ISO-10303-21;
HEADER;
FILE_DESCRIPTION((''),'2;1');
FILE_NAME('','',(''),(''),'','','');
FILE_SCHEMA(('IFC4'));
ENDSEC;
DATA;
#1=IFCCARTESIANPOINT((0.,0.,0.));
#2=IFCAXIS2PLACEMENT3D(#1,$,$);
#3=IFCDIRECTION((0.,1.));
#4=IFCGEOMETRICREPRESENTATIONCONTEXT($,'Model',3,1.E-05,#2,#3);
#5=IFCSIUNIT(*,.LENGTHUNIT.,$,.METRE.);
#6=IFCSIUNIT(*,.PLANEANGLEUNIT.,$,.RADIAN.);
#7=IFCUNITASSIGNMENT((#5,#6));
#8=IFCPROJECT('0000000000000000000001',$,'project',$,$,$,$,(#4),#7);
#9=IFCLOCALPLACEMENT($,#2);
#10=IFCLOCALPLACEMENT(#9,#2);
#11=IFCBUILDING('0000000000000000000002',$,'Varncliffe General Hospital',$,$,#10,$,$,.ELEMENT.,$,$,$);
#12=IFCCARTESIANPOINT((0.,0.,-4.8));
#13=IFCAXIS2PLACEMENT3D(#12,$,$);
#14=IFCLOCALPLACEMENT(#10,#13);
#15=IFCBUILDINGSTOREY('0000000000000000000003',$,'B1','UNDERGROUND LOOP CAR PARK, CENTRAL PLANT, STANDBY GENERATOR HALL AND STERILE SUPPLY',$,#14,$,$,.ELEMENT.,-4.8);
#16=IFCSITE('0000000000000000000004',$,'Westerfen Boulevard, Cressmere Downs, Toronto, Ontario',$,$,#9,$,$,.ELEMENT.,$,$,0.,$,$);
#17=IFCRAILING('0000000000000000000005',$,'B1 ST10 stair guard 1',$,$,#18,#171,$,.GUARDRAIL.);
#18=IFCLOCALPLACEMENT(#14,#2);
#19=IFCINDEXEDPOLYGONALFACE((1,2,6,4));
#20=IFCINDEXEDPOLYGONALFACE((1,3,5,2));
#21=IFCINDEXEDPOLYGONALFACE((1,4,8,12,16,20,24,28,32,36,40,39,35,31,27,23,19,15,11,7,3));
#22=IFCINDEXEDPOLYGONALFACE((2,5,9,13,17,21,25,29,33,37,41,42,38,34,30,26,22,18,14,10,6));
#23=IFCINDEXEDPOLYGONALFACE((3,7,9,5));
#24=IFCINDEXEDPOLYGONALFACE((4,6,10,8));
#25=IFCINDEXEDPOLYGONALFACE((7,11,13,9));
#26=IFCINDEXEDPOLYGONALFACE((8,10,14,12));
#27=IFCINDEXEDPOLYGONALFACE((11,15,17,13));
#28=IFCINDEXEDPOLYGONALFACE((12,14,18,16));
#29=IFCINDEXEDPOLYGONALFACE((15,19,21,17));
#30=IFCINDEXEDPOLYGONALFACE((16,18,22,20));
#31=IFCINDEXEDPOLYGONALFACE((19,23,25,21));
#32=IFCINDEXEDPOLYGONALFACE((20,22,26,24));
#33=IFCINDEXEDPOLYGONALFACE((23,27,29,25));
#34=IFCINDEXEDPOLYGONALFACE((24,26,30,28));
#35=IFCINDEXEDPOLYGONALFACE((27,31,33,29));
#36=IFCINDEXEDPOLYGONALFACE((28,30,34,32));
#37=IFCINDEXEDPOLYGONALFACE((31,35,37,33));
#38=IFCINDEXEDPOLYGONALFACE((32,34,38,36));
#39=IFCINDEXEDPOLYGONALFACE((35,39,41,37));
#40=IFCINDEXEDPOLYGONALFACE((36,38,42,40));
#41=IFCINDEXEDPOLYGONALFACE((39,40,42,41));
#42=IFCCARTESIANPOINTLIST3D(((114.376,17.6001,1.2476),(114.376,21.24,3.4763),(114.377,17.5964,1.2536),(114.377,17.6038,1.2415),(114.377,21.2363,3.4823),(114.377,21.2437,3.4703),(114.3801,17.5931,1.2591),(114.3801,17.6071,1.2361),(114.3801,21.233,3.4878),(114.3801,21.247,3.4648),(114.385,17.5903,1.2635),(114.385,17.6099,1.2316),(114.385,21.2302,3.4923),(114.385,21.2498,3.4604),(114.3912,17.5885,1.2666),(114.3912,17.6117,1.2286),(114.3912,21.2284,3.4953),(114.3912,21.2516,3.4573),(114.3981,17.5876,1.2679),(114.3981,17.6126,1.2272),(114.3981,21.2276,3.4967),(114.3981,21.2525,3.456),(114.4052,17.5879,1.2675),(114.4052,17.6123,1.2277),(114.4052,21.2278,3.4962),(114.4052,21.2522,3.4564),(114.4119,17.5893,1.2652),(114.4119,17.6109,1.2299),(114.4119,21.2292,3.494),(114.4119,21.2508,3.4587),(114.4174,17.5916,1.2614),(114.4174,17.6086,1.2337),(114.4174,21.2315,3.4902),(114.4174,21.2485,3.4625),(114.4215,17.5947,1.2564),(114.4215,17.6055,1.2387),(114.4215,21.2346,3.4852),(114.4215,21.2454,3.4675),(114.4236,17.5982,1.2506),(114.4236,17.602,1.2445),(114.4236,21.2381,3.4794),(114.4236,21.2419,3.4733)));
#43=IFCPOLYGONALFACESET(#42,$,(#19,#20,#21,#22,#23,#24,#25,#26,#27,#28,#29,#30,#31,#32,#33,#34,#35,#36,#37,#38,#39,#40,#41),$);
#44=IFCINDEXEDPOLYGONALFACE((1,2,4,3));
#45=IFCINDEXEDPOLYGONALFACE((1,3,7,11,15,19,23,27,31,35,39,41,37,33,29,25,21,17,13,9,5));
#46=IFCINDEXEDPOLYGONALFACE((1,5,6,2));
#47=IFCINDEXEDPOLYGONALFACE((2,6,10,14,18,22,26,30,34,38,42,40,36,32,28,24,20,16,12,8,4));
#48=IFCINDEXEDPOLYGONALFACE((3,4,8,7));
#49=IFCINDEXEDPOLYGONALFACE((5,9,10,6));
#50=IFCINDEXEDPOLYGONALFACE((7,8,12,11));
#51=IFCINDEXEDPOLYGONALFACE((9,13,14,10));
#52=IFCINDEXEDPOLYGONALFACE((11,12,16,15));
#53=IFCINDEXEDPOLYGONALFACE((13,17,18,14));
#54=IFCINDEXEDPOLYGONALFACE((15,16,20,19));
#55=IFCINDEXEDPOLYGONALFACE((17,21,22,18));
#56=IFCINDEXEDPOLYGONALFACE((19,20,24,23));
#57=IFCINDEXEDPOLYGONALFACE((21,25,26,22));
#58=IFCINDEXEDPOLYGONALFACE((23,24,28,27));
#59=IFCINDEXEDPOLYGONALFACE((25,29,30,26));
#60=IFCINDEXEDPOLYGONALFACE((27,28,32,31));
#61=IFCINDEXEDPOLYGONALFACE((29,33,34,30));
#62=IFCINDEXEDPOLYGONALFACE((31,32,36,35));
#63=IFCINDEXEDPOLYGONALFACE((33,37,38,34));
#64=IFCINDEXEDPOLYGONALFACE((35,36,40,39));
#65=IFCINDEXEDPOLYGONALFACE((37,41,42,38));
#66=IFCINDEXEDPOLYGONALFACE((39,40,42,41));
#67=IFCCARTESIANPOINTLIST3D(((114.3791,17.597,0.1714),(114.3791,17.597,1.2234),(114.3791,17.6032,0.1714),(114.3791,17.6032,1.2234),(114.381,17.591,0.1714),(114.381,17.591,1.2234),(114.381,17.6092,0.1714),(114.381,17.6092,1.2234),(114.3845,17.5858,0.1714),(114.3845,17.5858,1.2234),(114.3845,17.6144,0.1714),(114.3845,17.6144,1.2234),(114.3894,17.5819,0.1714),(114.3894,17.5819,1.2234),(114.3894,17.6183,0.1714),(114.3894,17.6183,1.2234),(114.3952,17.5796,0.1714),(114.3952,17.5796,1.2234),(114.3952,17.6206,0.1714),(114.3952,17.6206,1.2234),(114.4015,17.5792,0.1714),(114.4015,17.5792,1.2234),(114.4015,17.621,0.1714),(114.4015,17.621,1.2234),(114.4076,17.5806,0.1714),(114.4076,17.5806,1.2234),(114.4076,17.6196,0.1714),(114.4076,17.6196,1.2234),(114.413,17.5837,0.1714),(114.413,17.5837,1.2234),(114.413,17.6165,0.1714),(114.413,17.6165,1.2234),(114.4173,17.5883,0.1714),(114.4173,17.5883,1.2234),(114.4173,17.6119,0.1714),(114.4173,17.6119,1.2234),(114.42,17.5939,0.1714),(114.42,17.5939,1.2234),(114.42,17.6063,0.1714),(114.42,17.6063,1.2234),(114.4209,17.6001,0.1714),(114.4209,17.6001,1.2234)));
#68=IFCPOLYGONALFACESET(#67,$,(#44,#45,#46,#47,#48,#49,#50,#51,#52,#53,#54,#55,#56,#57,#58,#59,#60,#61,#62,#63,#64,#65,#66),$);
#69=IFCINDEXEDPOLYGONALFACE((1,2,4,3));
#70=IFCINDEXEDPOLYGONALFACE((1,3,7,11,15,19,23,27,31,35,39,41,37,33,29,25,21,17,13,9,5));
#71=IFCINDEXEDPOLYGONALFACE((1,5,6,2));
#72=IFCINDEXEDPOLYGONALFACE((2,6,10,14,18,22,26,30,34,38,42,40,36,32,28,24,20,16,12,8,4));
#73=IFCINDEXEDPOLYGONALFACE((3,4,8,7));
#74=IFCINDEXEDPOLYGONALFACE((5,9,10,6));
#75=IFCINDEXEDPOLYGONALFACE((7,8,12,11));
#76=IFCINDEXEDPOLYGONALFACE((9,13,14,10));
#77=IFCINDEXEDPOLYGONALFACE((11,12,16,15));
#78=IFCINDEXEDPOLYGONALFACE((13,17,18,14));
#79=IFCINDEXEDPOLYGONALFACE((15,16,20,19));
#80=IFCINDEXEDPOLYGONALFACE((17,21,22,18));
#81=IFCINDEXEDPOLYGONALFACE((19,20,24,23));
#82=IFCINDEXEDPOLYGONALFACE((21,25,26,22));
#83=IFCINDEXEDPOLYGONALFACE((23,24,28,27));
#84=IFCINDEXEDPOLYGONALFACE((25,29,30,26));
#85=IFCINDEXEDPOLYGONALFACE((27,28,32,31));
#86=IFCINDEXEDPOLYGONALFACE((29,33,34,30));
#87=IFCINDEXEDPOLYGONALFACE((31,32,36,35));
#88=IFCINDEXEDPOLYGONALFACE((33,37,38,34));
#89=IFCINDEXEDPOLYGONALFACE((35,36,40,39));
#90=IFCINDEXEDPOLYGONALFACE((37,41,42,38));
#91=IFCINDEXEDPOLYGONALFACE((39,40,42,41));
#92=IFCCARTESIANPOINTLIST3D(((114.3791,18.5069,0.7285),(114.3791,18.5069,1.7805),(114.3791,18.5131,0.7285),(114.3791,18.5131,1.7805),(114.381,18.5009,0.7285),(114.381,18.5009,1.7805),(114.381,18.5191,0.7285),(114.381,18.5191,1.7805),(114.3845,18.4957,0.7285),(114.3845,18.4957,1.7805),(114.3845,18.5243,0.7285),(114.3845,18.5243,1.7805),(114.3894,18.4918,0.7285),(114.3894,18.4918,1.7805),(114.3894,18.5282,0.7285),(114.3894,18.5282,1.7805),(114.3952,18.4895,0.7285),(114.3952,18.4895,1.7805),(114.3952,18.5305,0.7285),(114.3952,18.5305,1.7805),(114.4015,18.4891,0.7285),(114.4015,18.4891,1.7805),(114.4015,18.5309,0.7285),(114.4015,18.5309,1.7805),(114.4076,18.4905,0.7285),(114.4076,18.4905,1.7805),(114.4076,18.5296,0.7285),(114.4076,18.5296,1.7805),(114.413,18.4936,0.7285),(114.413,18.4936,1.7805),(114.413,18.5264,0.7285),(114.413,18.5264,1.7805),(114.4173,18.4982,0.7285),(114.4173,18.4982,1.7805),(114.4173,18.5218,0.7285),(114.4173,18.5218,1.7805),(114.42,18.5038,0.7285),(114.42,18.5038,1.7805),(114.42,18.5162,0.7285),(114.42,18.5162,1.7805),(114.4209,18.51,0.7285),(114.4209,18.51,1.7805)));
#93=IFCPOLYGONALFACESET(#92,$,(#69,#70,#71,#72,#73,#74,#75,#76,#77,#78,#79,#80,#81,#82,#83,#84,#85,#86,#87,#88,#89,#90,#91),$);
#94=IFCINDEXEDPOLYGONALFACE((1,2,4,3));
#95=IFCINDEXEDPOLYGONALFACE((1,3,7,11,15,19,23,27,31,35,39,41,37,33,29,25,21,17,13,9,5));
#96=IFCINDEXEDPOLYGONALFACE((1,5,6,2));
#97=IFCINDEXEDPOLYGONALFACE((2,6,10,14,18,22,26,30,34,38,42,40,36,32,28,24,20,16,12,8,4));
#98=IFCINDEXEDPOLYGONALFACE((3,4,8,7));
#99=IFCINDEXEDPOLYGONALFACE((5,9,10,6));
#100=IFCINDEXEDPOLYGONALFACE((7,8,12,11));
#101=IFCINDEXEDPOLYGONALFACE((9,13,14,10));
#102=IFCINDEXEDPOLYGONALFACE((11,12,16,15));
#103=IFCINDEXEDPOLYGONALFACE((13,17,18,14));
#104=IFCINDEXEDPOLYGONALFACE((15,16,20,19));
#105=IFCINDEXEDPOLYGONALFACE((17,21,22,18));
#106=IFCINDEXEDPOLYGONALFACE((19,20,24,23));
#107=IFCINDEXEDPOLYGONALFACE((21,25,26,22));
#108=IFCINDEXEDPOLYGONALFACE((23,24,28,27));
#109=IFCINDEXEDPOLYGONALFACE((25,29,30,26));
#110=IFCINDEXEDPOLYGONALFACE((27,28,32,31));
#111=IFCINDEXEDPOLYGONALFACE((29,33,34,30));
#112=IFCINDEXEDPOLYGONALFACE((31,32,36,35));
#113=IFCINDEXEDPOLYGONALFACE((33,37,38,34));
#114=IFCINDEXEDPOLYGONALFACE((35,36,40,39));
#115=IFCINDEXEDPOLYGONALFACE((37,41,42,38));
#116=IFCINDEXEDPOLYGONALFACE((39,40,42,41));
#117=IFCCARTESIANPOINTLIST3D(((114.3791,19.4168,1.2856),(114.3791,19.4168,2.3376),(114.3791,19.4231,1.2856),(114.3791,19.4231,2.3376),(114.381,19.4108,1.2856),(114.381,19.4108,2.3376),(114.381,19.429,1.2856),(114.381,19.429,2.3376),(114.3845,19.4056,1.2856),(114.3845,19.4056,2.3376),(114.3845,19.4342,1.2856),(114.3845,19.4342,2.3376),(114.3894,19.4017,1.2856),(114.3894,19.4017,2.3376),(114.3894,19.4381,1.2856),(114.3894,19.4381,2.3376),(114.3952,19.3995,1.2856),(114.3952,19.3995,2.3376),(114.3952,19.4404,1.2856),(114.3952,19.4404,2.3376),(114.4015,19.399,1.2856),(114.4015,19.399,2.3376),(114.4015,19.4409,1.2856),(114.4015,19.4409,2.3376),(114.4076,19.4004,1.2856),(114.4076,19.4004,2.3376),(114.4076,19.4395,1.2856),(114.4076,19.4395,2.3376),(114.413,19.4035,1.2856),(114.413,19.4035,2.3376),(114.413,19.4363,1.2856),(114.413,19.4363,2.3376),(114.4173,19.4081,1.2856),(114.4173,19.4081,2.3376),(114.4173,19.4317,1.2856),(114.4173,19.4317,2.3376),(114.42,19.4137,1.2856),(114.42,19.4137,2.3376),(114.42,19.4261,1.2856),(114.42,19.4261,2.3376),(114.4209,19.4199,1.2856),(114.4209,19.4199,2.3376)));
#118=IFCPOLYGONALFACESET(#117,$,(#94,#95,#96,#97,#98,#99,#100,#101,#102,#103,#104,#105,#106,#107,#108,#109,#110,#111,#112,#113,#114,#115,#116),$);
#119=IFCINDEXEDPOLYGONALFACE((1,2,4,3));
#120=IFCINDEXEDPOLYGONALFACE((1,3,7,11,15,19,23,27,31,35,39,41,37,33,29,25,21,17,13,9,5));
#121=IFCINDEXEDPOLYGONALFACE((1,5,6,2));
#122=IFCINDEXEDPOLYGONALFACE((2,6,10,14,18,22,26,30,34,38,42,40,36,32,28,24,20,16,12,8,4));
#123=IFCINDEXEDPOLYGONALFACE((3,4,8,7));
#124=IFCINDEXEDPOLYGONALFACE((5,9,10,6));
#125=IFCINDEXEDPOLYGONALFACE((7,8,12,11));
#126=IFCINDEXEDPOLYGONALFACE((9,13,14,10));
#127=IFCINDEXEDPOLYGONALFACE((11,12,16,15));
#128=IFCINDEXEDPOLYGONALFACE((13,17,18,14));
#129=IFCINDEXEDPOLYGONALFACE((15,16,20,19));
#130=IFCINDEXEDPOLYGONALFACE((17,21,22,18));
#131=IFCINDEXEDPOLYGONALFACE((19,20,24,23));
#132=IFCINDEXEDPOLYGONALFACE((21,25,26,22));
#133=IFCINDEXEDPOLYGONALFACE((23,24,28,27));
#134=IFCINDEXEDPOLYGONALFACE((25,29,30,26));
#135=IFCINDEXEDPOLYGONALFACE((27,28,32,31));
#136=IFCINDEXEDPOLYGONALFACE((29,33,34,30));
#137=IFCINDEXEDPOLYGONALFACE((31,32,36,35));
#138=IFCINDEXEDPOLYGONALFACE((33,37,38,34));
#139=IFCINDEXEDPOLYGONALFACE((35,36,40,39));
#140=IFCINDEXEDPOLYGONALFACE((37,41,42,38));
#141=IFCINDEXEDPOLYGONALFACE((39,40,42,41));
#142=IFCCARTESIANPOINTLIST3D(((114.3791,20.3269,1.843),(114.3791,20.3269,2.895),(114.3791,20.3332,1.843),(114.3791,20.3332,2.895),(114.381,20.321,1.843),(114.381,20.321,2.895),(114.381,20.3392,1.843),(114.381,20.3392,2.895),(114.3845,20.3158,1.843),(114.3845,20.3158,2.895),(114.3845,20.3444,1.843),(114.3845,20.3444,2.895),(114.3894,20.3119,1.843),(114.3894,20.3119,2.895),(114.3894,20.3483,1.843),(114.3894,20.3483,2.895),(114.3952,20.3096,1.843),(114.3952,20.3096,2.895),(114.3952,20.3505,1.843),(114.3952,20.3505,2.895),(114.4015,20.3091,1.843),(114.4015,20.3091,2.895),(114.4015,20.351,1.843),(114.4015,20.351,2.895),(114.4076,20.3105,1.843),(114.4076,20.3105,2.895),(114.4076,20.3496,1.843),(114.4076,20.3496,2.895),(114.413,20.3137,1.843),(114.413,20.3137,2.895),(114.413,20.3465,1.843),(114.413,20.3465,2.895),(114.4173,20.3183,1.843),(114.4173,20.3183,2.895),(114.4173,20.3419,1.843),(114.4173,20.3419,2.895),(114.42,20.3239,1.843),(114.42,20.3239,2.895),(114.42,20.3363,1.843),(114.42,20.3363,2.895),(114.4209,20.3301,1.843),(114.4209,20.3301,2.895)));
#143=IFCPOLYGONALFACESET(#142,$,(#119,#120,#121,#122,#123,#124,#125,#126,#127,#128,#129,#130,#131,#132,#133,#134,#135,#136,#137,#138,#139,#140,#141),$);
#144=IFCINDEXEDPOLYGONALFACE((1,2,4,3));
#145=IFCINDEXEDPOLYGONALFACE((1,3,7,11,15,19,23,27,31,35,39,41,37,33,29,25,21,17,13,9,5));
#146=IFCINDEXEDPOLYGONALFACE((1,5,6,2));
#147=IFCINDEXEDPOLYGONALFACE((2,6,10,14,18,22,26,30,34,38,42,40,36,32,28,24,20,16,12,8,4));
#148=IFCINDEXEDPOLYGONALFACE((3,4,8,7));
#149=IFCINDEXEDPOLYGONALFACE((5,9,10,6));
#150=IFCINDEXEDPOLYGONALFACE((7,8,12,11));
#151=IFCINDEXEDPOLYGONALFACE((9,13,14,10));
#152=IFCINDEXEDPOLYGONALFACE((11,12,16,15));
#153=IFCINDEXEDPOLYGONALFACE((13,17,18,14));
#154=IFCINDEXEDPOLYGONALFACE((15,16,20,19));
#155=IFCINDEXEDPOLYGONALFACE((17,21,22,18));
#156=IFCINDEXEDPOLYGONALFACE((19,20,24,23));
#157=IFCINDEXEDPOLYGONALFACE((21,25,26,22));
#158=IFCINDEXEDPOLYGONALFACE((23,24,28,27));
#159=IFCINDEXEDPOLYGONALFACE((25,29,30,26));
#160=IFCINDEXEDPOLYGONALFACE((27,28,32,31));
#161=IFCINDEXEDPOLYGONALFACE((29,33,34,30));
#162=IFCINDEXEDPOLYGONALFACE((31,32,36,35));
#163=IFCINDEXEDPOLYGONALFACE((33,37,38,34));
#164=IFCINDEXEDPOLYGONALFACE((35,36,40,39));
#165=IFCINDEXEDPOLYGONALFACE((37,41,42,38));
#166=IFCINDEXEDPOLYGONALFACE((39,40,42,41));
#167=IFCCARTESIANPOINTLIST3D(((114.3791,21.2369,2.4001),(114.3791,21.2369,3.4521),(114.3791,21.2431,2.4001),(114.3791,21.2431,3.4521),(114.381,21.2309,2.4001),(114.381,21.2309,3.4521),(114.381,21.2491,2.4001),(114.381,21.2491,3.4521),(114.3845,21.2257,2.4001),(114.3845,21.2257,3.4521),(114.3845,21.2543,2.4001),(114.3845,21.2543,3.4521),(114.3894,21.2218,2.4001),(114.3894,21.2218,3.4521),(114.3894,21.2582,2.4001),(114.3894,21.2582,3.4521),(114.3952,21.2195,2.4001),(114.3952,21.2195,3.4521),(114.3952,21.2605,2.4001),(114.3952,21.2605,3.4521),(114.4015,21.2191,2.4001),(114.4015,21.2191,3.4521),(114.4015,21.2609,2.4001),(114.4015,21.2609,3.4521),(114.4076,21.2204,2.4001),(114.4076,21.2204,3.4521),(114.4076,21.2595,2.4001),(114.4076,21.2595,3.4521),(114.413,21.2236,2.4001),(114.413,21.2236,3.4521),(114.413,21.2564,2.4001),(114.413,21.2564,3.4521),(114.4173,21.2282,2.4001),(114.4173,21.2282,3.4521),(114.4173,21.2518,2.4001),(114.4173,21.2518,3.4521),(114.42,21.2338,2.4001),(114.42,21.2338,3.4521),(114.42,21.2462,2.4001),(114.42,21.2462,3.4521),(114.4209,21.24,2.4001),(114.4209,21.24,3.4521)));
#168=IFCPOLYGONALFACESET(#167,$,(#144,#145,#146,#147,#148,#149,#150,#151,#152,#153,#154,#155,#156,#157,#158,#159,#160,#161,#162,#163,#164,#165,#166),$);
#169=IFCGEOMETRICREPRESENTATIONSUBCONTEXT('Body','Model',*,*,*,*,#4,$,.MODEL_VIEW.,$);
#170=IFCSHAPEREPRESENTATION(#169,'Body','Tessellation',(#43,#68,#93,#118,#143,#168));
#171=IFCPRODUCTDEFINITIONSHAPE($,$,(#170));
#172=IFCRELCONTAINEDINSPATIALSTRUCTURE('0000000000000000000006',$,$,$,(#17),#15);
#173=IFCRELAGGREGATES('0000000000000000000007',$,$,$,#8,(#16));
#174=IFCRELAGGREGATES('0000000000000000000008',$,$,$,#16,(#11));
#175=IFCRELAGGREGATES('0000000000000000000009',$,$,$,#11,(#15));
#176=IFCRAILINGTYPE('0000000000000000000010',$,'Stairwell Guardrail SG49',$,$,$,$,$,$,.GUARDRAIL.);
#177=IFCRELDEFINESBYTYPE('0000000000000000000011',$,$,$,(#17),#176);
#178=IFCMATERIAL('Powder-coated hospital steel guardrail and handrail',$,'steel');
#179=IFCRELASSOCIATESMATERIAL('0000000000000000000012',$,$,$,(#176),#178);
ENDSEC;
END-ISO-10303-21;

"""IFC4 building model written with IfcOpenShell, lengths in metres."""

from ifc_helpers import new_model, si_unit, direction, frame, origin, origin_2d, place, context, subcontext, project, spatial, circle, extrude, material, type_object, element, save


model = new_model("IFC4")

# Units and contexts
model_context = context("Model", 3, precision=1e-05, world=origin(), true_north=direction((0.0, 1.0)))
body_context = subcontext(model_context, "Body", "Model", "MODEL_VIEW")
ifc_project = project(units=[si_unit("LENGTHUNIT", "METRE"), si_unit("PLANEANGLEUNIT", "RADIAN")], contexts=[model_context])

# Site, building, storey
site_placement = place(None, origin())
site = spatial("IfcSite", under=ifc_project, at=site_placement, Name="Westerfen Boulevard, Cressmere Downs, Toronto, Ontario", CompositionType="ELEMENT", RefElevation=0.0)
building_placement = place(site_placement, origin())
building = spatial("IfcBuilding", under=site, at=building_placement, Name="Varncliffe General Hospital", CompositionType="ELEMENT")
storey_placement = place(building_placement, frame((0.0, 0.0, -4.8)))
storey = spatial("IfcBuildingStorey", under=building, at=storey_placement, Name="B1", Description="UNDERGROUND LOOP CAR PARK, CENTRAL PLANT, STANDBY GENERATOR HALL AND STERILE SUPPLY", CompositionType="ELEMENT", Elevation=-4.8)

# Railing
ifc_material_1 = material(Name="Powder-coated hospital steel guardrail and handrail", Category="steel")
railing_type = type_object("IfcRailingType", Name="Stairwell Guardrail SG49", PredefinedType="GUARDRAIL", material=ifc_material_1)
railing_1_placement = place(storey_placement, frame((114.3999, 17.6001, 0.1714)))
element("IfcRailing", 1, at=railing_1_placement, inside=storey, type_object=railing_type, Name="B1 ST10 stair guard 1", PredefinedType="GUARDRAIL", context=body_context, shape_type="SweptSolid", body=[
    extrude(circle(Radius=0.0239, at=origin_2d()), frame((0.0, 0.0, 1.0762), z_axis=(0.0, 0.852825, 0.522197), x_axis=(-1.0, 0.0, 0.0)), (0.0, 0.0, 1.0), 4.2681),
    extrude(circle(Radius=0.021, at=origin_2d()), origin(), (0.0, 0.0, 1.0), 1.052),
    extrude(circle(Radius=0.021, at=origin_2d()), frame((0.0, 0.9099, 0.5571)), (0.0, 0.0, 1.0), 1.052),
    extrude(circle(Radius=0.021, at=origin_2d()), frame((0.0, 1.8198, 1.1143)), (0.0, 0.0, 1.0), 1.052),
    extrude(circle(Radius=0.021, at=origin_2d()), frame((0.0, 2.73, 1.6716)), (0.0, 0.0, 1.0), 1.052),
    extrude(circle(Radius=0.021, at=origin_2d()), frame((0.0, 3.6399, 2.2288)), (0.0, 0.0, 1.0), 1.052),
])

save(model, "model.ifc")
